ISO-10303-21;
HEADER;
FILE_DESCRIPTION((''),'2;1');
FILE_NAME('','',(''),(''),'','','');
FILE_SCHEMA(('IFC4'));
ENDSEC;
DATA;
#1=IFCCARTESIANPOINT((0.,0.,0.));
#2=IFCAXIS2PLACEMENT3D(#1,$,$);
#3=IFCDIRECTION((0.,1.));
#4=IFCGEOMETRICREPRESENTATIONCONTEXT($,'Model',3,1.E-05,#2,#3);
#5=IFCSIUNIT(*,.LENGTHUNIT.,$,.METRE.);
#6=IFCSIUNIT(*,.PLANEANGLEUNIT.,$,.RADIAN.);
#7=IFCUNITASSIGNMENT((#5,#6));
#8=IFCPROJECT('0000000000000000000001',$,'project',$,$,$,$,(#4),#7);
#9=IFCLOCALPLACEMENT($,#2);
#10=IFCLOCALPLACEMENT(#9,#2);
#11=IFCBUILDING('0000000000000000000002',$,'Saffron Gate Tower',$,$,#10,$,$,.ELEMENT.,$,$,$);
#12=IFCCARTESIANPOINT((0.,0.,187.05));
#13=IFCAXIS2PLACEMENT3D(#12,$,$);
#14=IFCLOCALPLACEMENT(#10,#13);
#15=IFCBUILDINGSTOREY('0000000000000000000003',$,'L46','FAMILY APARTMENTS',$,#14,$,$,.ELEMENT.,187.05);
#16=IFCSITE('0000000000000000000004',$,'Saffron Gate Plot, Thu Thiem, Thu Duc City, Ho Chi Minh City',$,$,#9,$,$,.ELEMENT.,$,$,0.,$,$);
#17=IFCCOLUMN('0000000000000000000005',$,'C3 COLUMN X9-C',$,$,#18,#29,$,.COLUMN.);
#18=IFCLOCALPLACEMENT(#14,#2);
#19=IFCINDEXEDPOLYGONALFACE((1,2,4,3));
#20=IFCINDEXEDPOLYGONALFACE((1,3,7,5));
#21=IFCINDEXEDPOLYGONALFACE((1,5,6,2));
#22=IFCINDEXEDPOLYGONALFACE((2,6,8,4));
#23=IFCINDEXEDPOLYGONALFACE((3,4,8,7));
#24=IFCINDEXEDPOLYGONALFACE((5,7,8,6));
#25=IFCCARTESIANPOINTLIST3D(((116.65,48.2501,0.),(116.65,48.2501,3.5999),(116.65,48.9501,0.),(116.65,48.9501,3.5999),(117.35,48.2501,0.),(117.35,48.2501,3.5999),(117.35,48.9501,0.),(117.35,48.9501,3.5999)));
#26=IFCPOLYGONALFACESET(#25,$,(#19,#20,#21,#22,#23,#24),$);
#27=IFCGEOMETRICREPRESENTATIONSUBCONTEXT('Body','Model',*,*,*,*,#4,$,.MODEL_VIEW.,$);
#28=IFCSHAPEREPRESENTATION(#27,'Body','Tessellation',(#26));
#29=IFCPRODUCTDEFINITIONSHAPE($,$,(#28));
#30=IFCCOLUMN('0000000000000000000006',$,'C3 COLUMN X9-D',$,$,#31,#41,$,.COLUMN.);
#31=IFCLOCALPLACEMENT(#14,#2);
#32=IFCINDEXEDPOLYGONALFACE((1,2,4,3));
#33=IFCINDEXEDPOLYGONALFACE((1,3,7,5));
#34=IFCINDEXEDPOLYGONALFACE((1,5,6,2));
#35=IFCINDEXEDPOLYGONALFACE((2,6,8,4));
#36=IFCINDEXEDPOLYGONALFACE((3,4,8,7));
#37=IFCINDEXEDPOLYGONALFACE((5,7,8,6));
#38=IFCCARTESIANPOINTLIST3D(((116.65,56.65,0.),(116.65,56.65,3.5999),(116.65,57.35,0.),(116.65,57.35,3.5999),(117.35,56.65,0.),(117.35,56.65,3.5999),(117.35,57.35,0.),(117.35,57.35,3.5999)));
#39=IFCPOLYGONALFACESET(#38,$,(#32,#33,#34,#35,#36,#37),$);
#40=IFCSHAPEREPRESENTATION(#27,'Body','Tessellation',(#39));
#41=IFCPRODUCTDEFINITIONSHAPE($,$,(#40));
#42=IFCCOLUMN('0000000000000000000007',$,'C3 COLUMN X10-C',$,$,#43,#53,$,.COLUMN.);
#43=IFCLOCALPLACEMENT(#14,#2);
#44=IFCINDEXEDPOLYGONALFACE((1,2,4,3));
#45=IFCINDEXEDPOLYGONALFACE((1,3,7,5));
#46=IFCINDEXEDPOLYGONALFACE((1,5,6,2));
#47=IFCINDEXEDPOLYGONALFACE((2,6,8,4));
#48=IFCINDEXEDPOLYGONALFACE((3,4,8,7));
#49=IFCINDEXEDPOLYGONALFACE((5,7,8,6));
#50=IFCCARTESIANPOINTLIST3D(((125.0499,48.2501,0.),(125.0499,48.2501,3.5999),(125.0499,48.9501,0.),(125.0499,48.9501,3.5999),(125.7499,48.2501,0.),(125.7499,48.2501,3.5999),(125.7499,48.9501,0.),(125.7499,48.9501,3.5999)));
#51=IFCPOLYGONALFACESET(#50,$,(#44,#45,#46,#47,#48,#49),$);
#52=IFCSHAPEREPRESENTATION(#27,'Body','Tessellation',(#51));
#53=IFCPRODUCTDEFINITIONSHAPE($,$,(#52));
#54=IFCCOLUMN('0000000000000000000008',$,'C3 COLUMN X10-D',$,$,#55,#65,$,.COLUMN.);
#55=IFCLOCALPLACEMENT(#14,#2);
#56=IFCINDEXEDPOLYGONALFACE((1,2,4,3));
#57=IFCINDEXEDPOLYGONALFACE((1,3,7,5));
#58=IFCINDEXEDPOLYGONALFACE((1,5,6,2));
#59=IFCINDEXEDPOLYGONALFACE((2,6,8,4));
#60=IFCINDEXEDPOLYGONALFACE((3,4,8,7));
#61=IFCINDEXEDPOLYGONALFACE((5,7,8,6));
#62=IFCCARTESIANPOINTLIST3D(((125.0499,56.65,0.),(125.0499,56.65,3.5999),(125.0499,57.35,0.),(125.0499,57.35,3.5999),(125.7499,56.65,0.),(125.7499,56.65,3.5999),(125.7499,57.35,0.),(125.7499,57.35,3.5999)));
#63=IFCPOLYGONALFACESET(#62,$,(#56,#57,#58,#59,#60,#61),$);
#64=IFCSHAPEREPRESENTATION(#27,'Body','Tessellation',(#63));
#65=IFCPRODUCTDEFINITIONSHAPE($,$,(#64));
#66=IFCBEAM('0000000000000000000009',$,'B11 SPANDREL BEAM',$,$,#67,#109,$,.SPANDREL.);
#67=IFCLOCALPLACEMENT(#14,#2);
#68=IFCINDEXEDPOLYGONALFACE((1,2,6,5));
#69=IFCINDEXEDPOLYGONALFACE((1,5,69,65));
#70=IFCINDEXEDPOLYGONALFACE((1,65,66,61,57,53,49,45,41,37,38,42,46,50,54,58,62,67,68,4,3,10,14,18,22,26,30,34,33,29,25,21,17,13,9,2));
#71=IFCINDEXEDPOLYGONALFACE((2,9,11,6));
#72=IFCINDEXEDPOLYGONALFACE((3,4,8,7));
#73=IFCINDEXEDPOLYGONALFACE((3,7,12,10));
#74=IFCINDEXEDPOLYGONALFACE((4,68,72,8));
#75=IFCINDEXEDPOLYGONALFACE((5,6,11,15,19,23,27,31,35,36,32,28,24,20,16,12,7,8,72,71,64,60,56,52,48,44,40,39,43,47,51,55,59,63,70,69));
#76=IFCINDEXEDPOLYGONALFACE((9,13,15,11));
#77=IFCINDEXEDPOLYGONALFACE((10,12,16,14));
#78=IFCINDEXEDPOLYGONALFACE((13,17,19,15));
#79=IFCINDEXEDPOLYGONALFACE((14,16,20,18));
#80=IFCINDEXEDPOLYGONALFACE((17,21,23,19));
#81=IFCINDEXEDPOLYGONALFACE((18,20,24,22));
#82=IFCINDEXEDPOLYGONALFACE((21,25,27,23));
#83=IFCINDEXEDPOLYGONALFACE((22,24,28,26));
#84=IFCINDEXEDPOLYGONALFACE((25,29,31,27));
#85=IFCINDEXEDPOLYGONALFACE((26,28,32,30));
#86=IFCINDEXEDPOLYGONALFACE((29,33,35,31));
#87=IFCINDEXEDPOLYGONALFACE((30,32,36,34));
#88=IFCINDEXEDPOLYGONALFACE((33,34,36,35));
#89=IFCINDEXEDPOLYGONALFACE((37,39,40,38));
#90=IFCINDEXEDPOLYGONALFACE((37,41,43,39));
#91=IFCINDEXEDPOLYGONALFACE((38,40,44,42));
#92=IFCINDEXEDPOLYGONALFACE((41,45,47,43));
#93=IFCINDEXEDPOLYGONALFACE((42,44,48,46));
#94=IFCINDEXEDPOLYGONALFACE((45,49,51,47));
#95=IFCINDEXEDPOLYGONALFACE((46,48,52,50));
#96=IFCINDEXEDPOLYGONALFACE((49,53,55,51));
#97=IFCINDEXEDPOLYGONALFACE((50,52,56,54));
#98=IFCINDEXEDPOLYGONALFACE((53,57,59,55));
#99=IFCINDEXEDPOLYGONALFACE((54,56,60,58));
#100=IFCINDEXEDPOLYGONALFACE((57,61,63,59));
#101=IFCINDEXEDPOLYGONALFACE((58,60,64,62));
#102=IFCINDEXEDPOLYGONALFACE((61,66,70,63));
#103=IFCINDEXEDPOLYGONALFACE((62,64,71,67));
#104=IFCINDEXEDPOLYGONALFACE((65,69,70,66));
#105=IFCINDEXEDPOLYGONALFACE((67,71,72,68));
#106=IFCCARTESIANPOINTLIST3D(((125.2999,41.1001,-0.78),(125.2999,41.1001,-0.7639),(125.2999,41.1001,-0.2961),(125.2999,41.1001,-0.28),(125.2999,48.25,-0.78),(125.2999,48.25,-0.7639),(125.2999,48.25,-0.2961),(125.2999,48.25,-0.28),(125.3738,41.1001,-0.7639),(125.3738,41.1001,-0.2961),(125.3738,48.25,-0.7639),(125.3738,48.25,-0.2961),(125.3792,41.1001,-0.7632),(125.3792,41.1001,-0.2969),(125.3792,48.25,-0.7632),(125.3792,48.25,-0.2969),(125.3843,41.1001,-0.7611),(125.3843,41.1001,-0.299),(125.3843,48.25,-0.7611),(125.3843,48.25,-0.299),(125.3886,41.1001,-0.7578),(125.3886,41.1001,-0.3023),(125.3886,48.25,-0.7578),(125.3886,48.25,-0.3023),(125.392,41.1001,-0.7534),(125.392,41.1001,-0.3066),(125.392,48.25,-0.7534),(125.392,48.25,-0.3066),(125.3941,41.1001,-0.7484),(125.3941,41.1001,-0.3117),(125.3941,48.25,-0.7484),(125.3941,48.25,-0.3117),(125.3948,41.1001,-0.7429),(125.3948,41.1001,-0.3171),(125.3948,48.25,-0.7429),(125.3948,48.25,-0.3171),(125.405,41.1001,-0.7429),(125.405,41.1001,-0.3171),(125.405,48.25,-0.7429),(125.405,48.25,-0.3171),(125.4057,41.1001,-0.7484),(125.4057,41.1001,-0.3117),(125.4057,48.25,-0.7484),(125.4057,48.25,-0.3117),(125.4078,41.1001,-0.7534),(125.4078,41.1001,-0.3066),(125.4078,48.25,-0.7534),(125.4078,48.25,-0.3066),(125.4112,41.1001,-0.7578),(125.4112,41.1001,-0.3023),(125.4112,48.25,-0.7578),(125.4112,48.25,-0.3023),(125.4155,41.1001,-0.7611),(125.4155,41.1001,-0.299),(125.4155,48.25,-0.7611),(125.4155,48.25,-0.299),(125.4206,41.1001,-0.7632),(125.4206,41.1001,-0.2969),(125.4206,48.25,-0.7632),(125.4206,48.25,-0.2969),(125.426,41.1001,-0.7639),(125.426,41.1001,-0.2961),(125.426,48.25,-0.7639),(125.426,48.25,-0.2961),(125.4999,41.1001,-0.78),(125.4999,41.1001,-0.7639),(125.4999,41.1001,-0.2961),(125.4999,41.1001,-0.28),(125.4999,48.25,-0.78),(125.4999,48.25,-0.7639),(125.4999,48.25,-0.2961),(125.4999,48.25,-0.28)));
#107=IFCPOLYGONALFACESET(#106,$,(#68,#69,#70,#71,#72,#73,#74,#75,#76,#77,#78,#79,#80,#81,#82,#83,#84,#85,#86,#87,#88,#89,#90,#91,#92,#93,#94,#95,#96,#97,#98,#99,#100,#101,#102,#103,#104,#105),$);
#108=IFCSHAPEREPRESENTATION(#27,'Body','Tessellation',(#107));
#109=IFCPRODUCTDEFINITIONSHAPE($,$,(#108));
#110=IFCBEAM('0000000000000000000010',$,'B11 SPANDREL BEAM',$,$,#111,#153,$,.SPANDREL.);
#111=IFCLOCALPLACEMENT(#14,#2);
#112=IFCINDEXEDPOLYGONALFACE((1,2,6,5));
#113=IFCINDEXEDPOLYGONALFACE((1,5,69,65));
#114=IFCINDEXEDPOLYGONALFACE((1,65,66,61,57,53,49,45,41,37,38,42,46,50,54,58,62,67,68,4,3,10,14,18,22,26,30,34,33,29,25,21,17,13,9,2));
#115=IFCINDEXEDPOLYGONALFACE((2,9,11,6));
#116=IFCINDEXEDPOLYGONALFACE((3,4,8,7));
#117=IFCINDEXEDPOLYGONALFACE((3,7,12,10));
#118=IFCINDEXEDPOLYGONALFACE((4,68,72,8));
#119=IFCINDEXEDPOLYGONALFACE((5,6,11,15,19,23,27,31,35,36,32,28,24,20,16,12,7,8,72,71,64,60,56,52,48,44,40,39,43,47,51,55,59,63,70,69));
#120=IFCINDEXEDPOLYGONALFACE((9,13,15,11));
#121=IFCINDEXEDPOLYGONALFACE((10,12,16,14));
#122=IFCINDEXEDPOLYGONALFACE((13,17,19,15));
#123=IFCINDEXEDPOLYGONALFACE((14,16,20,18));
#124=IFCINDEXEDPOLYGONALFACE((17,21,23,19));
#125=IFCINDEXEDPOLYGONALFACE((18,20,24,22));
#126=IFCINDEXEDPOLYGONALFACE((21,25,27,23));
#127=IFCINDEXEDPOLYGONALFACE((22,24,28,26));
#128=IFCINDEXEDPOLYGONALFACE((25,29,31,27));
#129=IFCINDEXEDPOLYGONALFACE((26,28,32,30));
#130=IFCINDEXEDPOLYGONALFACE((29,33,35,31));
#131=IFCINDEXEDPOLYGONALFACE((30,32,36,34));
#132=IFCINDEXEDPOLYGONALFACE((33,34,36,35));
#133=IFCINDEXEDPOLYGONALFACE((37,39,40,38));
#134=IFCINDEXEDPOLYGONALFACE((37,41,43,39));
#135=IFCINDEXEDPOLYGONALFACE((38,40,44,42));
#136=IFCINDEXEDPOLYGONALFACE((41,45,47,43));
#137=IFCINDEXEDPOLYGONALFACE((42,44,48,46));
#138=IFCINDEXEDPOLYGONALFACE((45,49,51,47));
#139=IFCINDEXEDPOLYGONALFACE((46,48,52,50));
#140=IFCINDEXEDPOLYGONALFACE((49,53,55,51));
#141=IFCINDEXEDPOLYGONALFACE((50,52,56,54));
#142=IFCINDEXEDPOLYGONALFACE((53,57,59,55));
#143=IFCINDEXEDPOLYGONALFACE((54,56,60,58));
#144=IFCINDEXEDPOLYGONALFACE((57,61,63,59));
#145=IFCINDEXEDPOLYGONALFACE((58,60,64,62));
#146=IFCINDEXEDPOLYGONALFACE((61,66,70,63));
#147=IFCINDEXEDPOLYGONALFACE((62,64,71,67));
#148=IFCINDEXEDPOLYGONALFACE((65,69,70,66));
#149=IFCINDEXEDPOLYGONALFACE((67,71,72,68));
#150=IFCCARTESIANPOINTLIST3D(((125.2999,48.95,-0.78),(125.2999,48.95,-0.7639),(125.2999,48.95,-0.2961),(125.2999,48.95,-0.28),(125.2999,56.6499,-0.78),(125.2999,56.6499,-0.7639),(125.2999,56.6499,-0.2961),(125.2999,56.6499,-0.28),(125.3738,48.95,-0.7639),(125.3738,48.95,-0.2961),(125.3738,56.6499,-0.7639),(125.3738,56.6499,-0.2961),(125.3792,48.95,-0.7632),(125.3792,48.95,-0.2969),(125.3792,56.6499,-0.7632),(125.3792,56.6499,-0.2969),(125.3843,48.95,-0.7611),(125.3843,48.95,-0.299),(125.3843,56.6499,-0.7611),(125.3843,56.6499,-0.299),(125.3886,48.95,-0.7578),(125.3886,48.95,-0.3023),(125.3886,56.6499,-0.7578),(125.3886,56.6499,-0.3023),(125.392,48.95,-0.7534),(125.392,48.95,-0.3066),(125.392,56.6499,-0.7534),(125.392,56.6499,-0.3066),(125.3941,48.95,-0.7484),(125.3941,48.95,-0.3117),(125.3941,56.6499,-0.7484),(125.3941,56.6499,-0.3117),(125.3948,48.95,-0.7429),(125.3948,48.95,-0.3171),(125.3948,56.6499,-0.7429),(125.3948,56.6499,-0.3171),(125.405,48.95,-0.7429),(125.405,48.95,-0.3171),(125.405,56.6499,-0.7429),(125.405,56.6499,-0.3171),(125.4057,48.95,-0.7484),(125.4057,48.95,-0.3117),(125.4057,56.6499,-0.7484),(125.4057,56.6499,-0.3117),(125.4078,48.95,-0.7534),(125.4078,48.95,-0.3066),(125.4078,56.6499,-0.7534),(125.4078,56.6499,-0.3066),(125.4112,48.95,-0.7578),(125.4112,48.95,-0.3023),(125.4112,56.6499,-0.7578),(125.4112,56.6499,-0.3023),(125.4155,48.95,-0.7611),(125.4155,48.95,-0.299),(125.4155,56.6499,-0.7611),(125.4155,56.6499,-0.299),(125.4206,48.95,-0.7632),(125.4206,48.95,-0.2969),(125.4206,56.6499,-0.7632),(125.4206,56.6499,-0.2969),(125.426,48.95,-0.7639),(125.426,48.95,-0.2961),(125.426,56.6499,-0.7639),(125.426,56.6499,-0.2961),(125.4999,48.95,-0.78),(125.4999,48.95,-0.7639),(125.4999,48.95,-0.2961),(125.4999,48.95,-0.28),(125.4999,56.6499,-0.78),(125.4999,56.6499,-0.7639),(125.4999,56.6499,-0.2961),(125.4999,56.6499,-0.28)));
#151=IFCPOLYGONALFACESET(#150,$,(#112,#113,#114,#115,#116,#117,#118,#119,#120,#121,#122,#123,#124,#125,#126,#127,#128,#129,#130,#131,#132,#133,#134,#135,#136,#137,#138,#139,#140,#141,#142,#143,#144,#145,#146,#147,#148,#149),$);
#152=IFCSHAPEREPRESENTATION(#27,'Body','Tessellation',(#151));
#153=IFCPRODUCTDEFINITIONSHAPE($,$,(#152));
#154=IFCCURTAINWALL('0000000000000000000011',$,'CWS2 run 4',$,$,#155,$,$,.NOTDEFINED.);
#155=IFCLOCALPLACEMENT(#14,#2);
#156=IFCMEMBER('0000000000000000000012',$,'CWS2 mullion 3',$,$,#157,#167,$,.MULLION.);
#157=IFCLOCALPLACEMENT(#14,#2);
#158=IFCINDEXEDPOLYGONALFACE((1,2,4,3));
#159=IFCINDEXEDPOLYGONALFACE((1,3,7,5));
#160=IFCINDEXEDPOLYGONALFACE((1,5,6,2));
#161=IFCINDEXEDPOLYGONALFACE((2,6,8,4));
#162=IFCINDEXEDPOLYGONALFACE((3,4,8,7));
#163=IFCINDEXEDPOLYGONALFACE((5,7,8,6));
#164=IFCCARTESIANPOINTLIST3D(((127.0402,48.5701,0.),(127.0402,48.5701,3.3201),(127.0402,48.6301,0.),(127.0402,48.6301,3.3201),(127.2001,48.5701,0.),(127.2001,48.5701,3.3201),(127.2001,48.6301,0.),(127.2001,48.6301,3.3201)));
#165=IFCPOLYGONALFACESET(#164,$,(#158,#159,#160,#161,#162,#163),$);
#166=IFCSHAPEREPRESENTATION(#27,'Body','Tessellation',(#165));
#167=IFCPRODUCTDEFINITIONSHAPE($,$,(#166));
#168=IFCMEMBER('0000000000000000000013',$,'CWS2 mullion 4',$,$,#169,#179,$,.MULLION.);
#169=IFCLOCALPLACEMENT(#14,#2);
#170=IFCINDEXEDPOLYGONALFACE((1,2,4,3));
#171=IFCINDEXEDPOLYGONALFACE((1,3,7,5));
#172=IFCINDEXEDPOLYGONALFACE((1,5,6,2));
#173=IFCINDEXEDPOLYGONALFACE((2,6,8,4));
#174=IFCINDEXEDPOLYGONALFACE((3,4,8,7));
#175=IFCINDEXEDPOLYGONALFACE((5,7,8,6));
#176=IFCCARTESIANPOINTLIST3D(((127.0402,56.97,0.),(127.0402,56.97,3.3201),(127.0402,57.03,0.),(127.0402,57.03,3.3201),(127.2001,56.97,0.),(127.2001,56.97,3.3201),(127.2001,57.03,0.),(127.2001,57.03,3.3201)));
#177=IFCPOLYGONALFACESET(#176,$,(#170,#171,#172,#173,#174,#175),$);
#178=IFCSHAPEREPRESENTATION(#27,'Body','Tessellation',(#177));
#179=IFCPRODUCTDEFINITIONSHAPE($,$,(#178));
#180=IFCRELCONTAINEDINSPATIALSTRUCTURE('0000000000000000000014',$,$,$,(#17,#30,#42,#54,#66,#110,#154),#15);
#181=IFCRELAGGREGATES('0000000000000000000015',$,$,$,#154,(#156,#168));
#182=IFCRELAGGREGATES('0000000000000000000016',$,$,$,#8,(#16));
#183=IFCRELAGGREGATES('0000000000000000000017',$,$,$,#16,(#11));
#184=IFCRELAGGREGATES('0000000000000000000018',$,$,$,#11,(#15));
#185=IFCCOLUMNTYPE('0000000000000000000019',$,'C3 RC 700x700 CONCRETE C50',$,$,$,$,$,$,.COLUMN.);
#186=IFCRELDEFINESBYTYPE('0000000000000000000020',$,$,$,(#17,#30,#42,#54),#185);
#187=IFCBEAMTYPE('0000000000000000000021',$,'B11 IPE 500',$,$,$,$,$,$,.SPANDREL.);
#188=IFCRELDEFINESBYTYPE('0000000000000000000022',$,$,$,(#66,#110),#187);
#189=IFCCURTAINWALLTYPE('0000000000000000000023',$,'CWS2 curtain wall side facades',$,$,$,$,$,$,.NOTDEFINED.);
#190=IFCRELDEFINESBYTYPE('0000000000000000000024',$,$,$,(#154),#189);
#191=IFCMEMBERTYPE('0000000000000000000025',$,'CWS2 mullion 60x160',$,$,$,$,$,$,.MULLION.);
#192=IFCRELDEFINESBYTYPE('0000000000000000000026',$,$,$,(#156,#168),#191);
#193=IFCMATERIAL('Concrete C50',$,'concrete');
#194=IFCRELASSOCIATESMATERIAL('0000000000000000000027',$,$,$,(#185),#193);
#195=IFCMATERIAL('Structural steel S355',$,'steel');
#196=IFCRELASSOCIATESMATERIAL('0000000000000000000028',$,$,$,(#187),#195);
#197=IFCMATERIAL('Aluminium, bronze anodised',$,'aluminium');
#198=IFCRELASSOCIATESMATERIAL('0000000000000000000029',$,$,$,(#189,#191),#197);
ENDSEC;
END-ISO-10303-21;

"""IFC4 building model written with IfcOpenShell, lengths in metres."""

from ifc_helpers import new_model, si_unit, direction, frame, origin, origin_2d, place, context, subcontext, project, spatial, rectangle, i_section, extrude, material, material_profile, profile_set, type_object, element, aggregate, save


model = new_model("IFC4")

# Units and contexts
model_context = context("Model", 3, precision=1e-05, world=origin(), true_north=direction((0.0, 1.0)))
body_context = subcontext(model_context, "Body", "Model", "MODEL_VIEW")
ifc_project = project(units=[si_unit("LENGTHUNIT", "METRE"), si_unit("PLANEANGLEUNIT", "RADIAN")], contexts=[model_context])

# Site, building, storey
site_placement = place(None, origin())
site = spatial("IfcSite", under=ifc_project, at=site_placement, Name="Saffron Gate Plot, Thu Thiem, Thu Duc City, Ho Chi Minh City", CompositionType="ELEMENT", RefElevation=0.0)
building_placement = place(site_placement, origin())
building = spatial("IfcBuilding", under=site, at=building_placement, Name="Saffron Gate Tower", CompositionType="ELEMENT")
storey_placement = place(building_placement, frame((0.0, 0.0, 187.05)))
storey = spatial("IfcBuildingStorey", under=building, at=storey_placement, Name="L46", Description="FAMILY APARTMENTS", CompositionType="ELEMENT", Elevation=187.05)

# Columns
ifc_material_1 = material(Name="Concrete C50", Category="concrete")
ifc_material_profile_1 = material_profile(ifc_material_1, rectangle(XDim=0.7, YDim=0.7, at=origin_2d()))
ifc_profile_set_1 = profile_set([ifc_material_profile_1], Name="Concrete C50")
column_type = type_object("IfcColumnType", Name="C3 RC 700x700 CONCRETE C50", PredefinedType="COLUMN", material=ifc_profile_set_1)
for number, where, z_axis, x_axis, name in (
    (1, (117.0, 48.6001, 0.0), (0.0, 0.0, 1.0), (1.0, 0.0, 0.0), "C3 COLUMN X9-C"),
    (2, (117.0, 57.0, 0.0), (0.0, 0.0, 1.0), (1.0, 0.0, 0.0), "C3 COLUMN X9-D"),
    (3, (125.3999, 48.6001, 0.0), (0.0, 0.0, 1.0), (1.0, 0.0, 0.0), "C3 COLUMN X10-C"),
    (4, (125.3999, 57.0, 0.0), (0.0, 0.0, 1.0), (1.0, 0.0, 0.0), "C3 COLUMN X10-D"),
):
    element("IfcColumn", number, at=place(storey_placement, frame(where, z_axis=z_axis, x_axis=x_axis)), inside=storey, type_object=column_type, Name=name, PredefinedType="COLUMN", context=body_context, shape_type="SweptSolid", body=[
        extrude(rectangle(XDim=0.7, YDim=0.7, at=origin_2d()), origin(), (0.0, 0.0, 1.0), 3.5999),
    ])

# Beams
ifc_material_2 = material(Name="Structural steel S355", Category="steel")
ifc_material_profile_2 = material_profile(ifc_material_2, i_section(OverallWidth=0.2, OverallDepth=0.5, WebThickness=0.0103, FlangeThickness=0.0161, FilletRadius=0.021, at=origin_2d()))
ifc_profile_set_2 = profile_set([ifc_material_profile_2], Name="Structural steel S355")
beam_type = type_object("IfcBeamType", Name="B11 IPE 500", PredefinedType="SPANDREL", material=ifc_profile_set_2)
beam_1_placement = place(storey_placement, frame((125.3999, 41.1001, -0.53), z_axis=(0.0, 1.0, 0.0), x_axis=(-1.0, 0.0, 0.0)))
element("IfcBeam", 5, at=beam_1_placement, inside=storey, type_object=beam_type, Name="B11 SPANDREL BEAM", PredefinedType="SPANDREL", context=body_context, shape_type="SweptSolid", body=[
    extrude(i_section(OverallWidth=0.2, OverallDepth=0.5, WebThickness=0.0103, FlangeThickness=0.0161, FilletRadius=0.021, at=origin_2d()), origin(), (0.0, 0.0, 1.0), 7.1499),
])
beam_2_placement = place(storey_placement, frame((125.3999, 48.95, -0.53), z_axis=(0.0, 1.0, 0.0), x_axis=(-1.0, 0.0, 0.0)))
element("IfcBeam", 6, at=beam_2_placement, inside=storey, type_object=beam_type, Name="B11 SPANDREL BEAM", PredefinedType="SPANDREL", context=body_context, shape_type="SweptSolid", body=[
    extrude(i_section(OverallWidth=0.2, OverallDepth=0.5, WebThickness=0.0103, FlangeThickness=0.0161, FilletRadius=0.021, at=origin_2d()), origin(), (0.0, 0.0, 1.0), 7.7),
])

# Curtain wall, members
ifc_material_3 = material(Name="Aluminium, bronze anodised", Category="aluminium")
curtain_wall_type = type_object("IfcCurtainWallType", Name="CWS2 curtain wall side facades", PredefinedType="NOTDEFINED", material=ifc_material_3)
curtain_wall_placement = place(storey_placement, origin())
curtain_wall = element("IfcCurtainWall", 7, at=curtain_wall_placement, inside=storey, type_object=curtain_wall_type, Name="CWS2 run 4", PredefinedType="NOTDEFINED")
ifc_material_profile_3 = material_profile(ifc_material_3, rectangle(XDim=0.1599, YDim=0.0601, at=origin_2d()))
ifc_profile_set_3 = profile_set([ifc_material_profile_3], Name="Aluminium, bronze anodised")
member_type = type_object("IfcMemberType", Name="CWS2 mullion 60x160", PredefinedType="MULLION", material=ifc_profile_set_3)
member_1_placement = place(storey_placement, frame((127.1201, 48.6001, 0.0), z_axis=(0.0, 0.0, 1.0), x_axis=(-1.0, 0.0, 0.0)))
member_1 = element("IfcMember", 8, at=member_1_placement, type_object=member_type, Name="CWS2 mullion 3", PredefinedType="MULLION", context=body_context, shape_type="SweptSolid", body=[
    extrude(rectangle(XDim=0.1599, YDim=0.0601, at=origin_2d()), origin(), (0.0, 0.0, 1.0), 3.3201),
])
member_2_placement = place(storey_placement, frame((127.1201, 57.0, 0.0), z_axis=(0.0, 0.0, 1.0), x_axis=(-1.0, 0.0, 0.0)))
member_2 = element("IfcMember", 9, at=member_2_placement, type_object=member_type, Name="CWS2 mullion 4", PredefinedType="MULLION", context=body_context, shape_type="SweptSolid", body=[
    extrude(rectangle(XDim=0.1599, YDim=0.0601, at=origin_2d()), origin(), (0.0, 0.0, 1.0), 3.3201),
])
aggregate(curtain_wall, [member_1, member_2])

save(model, "model.ifc")
